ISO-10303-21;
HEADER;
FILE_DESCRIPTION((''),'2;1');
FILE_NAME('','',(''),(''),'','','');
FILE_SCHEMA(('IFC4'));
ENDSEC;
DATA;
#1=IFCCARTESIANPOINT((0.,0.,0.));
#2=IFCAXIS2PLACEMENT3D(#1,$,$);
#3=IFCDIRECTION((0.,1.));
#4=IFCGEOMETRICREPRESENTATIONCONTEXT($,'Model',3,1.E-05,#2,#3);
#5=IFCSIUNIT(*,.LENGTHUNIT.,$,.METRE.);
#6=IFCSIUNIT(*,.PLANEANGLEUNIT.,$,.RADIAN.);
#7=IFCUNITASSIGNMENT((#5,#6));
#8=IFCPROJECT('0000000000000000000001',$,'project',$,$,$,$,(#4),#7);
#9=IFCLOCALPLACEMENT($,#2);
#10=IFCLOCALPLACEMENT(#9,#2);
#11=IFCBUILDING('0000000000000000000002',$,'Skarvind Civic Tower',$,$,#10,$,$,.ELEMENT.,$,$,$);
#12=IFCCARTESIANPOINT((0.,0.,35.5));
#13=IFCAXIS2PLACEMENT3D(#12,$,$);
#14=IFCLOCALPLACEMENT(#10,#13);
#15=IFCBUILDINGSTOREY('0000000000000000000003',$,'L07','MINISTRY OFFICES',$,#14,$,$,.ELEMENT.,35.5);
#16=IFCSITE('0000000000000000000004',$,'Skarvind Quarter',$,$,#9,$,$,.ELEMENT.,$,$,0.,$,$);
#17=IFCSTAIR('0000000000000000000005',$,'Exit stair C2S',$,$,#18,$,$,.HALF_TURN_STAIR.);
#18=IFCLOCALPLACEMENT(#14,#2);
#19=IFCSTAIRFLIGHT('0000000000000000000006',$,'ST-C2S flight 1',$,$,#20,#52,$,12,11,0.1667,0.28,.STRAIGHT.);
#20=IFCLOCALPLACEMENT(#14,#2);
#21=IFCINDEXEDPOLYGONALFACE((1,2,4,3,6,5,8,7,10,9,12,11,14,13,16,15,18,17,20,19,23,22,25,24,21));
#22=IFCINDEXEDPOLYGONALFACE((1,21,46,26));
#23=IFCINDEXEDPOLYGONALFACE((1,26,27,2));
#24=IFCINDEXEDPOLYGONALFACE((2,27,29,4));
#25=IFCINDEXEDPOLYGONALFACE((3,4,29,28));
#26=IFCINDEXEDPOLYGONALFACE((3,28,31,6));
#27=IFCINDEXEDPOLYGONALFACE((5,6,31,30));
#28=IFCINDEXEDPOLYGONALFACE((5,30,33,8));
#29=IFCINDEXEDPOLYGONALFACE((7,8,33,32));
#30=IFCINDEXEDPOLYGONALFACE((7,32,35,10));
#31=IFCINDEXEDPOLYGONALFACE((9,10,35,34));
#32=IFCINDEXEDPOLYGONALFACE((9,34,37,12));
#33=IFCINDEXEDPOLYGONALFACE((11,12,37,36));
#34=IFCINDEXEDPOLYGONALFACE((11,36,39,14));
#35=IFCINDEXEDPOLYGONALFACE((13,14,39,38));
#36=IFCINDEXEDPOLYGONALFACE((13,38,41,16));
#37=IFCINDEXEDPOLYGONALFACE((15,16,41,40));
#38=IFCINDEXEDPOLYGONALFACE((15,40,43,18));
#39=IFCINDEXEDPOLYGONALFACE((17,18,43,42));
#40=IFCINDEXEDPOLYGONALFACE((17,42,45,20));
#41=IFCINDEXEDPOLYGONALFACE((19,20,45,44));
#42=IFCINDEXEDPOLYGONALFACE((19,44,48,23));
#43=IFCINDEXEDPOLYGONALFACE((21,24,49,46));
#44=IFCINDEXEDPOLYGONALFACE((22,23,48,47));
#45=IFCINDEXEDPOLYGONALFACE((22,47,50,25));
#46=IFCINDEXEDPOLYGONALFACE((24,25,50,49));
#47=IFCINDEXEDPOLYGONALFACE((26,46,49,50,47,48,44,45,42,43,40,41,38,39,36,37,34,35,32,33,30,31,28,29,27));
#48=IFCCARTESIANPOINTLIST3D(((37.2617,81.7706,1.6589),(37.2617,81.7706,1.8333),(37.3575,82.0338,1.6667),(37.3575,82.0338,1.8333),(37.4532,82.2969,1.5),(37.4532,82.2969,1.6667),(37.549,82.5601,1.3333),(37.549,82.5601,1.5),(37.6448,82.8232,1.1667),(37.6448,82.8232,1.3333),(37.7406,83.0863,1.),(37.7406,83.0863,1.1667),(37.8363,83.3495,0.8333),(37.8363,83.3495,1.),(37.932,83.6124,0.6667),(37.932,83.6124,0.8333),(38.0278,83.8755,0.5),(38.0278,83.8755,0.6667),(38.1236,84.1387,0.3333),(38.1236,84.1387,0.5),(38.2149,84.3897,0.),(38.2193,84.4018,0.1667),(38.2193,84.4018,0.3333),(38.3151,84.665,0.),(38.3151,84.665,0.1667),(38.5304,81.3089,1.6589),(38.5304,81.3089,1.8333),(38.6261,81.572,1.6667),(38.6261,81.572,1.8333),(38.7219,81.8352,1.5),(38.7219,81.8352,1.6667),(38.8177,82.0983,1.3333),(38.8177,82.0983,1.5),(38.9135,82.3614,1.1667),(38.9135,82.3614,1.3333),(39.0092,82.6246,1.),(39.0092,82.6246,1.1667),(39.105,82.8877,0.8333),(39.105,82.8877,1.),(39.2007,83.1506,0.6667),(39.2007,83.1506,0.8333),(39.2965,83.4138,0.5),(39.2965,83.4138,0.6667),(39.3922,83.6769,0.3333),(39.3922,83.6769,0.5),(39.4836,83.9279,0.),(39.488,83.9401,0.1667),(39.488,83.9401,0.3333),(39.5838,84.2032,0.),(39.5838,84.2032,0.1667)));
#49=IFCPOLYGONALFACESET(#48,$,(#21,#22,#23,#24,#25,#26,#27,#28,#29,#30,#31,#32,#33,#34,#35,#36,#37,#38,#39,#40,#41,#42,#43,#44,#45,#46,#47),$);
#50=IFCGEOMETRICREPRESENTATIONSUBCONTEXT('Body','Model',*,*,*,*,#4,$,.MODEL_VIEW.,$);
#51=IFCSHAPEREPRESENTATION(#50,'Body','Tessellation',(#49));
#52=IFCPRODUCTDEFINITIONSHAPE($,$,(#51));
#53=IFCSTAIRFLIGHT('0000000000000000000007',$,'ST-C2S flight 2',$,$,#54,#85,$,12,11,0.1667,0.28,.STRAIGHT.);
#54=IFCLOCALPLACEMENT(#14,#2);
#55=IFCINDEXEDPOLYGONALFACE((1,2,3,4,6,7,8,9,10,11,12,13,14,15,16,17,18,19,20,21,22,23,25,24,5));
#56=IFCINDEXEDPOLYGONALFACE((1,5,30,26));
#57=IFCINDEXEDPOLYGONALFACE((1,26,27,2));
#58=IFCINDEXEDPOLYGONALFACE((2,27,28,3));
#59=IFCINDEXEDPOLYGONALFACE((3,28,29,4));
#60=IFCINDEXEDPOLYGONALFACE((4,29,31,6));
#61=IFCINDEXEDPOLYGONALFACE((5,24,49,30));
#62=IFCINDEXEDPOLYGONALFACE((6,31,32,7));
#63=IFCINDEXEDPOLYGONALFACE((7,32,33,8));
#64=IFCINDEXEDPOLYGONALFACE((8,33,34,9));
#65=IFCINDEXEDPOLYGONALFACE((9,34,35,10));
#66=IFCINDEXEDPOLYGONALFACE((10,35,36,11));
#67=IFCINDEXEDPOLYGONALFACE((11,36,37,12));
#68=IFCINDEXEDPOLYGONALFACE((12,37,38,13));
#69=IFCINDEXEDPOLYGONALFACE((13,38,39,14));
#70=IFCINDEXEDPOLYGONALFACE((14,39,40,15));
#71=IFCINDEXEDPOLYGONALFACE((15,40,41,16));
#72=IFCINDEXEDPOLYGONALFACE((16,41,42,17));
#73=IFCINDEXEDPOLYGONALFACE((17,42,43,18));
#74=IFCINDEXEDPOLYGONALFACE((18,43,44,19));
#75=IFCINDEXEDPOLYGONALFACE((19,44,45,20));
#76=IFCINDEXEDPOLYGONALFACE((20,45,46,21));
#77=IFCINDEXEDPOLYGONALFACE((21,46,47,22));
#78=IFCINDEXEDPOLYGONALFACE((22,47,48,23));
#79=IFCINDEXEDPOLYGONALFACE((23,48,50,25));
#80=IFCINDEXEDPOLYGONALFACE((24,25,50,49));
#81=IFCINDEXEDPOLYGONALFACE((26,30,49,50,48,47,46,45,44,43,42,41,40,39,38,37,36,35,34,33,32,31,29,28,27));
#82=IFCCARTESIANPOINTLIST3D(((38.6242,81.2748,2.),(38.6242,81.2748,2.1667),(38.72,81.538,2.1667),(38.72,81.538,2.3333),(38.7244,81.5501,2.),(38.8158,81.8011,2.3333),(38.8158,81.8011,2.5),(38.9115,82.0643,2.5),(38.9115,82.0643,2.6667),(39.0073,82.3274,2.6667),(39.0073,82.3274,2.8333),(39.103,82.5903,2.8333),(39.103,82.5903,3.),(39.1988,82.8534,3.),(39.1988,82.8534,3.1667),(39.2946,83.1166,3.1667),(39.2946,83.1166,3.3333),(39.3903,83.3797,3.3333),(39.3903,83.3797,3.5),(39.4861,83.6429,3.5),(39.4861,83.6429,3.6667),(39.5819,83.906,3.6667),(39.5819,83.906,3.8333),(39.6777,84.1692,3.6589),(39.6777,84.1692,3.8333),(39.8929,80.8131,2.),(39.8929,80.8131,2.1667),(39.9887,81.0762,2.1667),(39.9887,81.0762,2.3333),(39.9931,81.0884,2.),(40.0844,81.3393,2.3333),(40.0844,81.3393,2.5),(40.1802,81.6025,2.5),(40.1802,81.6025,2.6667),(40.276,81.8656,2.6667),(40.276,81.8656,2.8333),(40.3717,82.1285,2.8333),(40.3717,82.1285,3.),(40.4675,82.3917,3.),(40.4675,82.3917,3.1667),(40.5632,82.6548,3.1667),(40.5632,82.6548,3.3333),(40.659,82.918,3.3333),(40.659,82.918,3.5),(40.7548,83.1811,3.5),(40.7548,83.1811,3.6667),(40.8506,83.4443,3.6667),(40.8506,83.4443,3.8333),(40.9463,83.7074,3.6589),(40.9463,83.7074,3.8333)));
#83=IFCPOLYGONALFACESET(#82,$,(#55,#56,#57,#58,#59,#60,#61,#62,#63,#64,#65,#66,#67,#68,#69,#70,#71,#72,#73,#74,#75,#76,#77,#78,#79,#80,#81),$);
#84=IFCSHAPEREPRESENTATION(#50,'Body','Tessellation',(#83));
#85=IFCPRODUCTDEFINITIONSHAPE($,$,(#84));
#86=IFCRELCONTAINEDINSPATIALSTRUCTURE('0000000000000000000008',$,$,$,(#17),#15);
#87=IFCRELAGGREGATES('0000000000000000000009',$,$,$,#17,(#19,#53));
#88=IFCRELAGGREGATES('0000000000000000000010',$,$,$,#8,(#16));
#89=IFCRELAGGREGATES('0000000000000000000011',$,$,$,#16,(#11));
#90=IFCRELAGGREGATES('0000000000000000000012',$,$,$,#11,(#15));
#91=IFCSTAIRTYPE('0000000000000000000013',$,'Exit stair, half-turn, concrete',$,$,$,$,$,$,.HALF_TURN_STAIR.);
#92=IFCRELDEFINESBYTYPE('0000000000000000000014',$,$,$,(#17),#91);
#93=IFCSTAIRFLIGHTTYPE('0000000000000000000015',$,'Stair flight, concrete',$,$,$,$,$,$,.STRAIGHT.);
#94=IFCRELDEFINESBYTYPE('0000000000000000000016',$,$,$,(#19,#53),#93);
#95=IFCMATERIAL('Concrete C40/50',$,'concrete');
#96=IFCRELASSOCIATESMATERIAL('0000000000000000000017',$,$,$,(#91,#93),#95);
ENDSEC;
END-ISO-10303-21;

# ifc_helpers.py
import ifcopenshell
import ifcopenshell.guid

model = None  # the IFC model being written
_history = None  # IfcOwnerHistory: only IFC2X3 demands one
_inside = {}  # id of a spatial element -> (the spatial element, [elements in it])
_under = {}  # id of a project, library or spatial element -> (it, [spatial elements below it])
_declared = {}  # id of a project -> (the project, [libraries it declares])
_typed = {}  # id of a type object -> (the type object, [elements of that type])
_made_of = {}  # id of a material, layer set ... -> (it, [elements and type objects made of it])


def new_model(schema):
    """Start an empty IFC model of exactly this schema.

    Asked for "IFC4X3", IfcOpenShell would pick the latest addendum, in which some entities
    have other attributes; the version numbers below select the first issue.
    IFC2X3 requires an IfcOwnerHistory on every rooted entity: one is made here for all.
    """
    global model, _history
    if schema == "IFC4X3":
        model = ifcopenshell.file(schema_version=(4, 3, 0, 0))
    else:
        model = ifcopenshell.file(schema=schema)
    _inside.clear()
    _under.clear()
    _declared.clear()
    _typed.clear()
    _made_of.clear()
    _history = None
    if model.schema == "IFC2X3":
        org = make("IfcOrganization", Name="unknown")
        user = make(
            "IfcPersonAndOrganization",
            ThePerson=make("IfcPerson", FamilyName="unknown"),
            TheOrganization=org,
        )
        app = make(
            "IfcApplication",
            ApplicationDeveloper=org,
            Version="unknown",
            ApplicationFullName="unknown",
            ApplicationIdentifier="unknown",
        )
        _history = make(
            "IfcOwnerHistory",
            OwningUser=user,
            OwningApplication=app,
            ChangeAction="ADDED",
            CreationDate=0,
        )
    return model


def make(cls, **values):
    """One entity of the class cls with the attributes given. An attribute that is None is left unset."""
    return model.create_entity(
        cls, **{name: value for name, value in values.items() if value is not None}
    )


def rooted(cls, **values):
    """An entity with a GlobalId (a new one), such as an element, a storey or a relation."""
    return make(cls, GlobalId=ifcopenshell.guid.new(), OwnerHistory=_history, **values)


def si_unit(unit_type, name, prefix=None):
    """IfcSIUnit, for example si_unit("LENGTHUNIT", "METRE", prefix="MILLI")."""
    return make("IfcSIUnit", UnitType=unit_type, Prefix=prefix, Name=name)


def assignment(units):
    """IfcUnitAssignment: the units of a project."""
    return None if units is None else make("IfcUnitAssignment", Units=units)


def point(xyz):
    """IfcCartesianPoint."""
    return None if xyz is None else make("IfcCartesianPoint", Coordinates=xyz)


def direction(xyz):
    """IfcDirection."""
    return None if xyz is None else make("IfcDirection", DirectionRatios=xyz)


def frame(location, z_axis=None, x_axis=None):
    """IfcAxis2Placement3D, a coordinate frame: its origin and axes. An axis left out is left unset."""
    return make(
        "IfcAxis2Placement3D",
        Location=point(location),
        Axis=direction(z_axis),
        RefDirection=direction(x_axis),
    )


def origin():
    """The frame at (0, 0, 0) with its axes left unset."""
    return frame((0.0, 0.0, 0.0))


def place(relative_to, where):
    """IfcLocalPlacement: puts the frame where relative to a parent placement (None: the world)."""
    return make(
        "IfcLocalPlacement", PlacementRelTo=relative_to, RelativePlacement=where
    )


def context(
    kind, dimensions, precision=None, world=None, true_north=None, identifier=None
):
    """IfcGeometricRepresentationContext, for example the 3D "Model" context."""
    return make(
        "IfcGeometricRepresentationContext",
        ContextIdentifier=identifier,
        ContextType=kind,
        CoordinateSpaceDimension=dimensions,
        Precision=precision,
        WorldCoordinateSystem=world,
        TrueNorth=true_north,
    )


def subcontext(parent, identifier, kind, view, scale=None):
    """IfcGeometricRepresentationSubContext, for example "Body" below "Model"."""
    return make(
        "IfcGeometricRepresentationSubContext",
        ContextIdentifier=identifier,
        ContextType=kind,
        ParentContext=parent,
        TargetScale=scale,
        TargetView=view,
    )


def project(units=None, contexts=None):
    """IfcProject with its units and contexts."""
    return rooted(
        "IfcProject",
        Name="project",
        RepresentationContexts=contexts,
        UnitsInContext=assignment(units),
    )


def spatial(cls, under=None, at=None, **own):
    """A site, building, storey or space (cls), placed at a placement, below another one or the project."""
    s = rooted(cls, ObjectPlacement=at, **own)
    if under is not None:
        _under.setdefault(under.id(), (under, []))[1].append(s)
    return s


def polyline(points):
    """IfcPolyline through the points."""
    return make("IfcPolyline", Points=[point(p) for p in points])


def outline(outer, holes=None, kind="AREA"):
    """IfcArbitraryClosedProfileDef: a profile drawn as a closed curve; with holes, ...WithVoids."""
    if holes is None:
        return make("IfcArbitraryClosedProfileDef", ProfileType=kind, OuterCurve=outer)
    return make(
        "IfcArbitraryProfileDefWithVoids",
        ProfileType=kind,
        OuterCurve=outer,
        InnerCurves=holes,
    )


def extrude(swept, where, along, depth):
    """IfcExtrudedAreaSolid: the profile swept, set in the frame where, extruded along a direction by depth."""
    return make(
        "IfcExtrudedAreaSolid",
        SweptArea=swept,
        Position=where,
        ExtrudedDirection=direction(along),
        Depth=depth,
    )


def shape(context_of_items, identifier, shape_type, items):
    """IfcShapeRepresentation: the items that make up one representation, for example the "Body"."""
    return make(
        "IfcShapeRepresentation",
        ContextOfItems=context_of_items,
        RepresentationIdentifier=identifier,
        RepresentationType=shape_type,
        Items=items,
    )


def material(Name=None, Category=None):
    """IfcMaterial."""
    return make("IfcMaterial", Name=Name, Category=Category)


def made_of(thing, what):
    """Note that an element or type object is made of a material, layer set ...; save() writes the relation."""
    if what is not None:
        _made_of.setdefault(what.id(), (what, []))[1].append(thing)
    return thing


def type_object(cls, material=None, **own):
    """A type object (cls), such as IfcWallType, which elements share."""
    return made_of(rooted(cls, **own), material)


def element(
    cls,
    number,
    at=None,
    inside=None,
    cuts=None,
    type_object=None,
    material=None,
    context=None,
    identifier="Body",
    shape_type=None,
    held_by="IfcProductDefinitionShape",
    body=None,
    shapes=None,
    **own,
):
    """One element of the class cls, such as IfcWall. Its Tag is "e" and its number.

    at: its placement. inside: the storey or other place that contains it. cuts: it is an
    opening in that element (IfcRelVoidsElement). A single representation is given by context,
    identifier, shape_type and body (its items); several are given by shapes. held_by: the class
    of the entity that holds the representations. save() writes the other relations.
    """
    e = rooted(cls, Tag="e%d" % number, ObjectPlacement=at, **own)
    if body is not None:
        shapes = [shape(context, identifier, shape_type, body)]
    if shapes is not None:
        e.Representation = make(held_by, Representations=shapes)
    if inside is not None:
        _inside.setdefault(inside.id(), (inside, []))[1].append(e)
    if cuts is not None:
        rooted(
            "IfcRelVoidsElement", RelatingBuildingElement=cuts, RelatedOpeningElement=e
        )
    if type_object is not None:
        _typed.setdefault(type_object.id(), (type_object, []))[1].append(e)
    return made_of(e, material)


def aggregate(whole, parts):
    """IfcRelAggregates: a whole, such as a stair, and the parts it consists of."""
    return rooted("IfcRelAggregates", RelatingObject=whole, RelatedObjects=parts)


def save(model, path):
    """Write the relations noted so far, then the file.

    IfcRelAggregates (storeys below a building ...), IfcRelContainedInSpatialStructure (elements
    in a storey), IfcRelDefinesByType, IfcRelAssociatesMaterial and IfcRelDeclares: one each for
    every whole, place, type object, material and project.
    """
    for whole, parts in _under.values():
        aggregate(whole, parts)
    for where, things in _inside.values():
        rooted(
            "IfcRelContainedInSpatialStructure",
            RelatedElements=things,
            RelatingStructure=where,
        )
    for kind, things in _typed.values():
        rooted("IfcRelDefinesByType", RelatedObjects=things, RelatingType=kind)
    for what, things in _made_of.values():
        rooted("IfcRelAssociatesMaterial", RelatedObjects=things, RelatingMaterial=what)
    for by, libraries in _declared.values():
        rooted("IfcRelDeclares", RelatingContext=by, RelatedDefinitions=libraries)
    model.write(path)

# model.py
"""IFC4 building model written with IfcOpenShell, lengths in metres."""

from ifc_helpers import new_model, si_unit, direction, frame, origin, place, context, subcontext, project, spatial, polyline, outline, extrude, material, type_object, element, aggregate, save


model = new_model("IFC4")

# Units and contexts
model_context = context("Model", 3, precision=1e-05, world=origin(), true_north=direction((0.0, 1.0)))
body_context = subcontext(model_context, "Body", "Model", "MODEL_VIEW")
ifc_project = project(units=[si_unit("LENGTHUNIT", "METRE"), si_unit("PLANEANGLEUNIT", "RADIAN")], contexts=[model_context])

# Site, building, storey
site_placement = place(None, origin())
site = spatial("IfcSite", under=ifc_project, at=site_placement, Name="Skarvind Quarter", CompositionType="ELEMENT", RefElevation=0.0)
building_placement = place(site_placement, origin())
building = spatial("IfcBuilding", under=site, at=building_placement, Name="Skarvind Civic Tower", CompositionType="ELEMENT")
storey_placement = place(building_placement, frame((0.0, 0.0, 35.5)))
storey = spatial("IfcBuildingStorey", under=building, at=storey_placement, Name="L07", Description="MINISTRY OFFICES", CompositionType="ELEMENT", Elevation=35.5)

# Shared definitions
ifc_material_1 = material(Name="Concrete C40/50", Category="concrete")

# Stair, stair flights
stair_type = type_object("IfcStairType", Name="Exit stair, half-turn, concrete", PredefinedType="HALF_TURN_STAIR", material=ifc_material_1)
stair_placement = place(storey_placement, origin())
stair = element("IfcStair", 1, at=stair_placement, inside=storey, type_object=stair_type, Name="Exit stair C2S", PredefinedType="HALF_TURN_STAIR")
stair_flight_type = type_object("IfcStairFlightType", Name="Stair flight, concrete", PredefinedType="STRAIGHT", material=ifc_material_1)
stair_flight_1_placement = place(storey_placement, frame((38.9495, 84.4341, 0.0), z_axis=(0.0, 0.0, 1.0), x_axis=(-0.34202, -0.939693, 0.0)))
stair_flight_1 = element("IfcStairFlight", 2, at=stair_flight_1_placement, type_object=stair_flight_type, Name="ST-C2S flight 1", NumberOfRisers=12, NumberOfTreads=11, PredefinedType="STRAIGHT", RiserHeight=0.1667, TreadLength=0.28, context=body_context, shape_type="SweptSolid", body=[
    extrude(outline(polyline([(0.0, 0.0), (0.0, 0.1667), (0.28, 0.1667), (0.28, 0.3333), (0.5601, 0.3333), (0.5601, 0.5), (0.8401, 0.5), (0.8401, 0.6667), (1.1201, 0.6667), (1.1201, 0.8333), (1.3999, 0.8333), (1.3999, 1.0), (1.6799, 1.0), (1.6799, 1.1667), (1.96, 1.1667), (1.96, 1.3333), (2.24, 1.3333), (2.24, 1.5), (2.52, 1.5), (2.52, 1.6667), (2.8, 1.6667), (2.8, 1.8333), (3.0801, 1.8333), (3.0801, 2.0), (3.0801, 1.6589), (0.293, 0.0), (0.0, 0.0)])), frame((0.0, 0.675, 0.0), z_axis=(0.0, -1.0, 0.0), x_axis=(1.0, 0.0, 0.0)), (0.0, 0.0, 1.0), 1.3501),
])
stair_flight_2_placement = place(storey_placement, frame((39.2585, 81.0439, 2.0), z_axis=(0.0, 0.0, 1.0), x_axis=(0.34202, 0.939693, 0.0)))
stair_flight_2 = element("IfcStairFlight", 3, at=stair_flight_2_placement, type_object=stair_flight_type, Name="ST-C2S flight 2", NumberOfRisers=12, NumberOfTreads=11, PredefinedType="STRAIGHT", RiserHeight=0.1667, TreadLength=0.28, context=body_context, shape_type="SweptSolid", body=[
    extrude(outline(polyline([(0.0, 0.0), (0.0, 0.1667), (0.28, 0.1667), (0.28, 0.3333), (0.5601, 0.3333), (0.5601, 0.5), (0.8401, 0.5), (0.8401, 0.6667), (1.1201, 0.6667), (1.1201, 0.8333), (1.3999, 0.8333), (1.3999, 1.0), (1.6799, 1.0), (1.6799, 1.1667), (1.96, 1.1667), (1.96, 1.3333), (2.24, 1.3333), (2.24, 1.5), (2.52, 1.5), (2.52, 1.6667), (2.8, 1.6667), (2.8, 1.8333), (3.0801, 1.8333), (3.0801, 2.0), (3.0801, 1.6589), (0.293, 0.0), (0.0, 0.0)])), frame((0.0, 0.675, 0.0), z_axis=(0.0, -1.0, 0.0), x_axis=(1.0, 0.0, 0.0)), (0.0, 0.0, 1.0), 1.3501),
])
aggregate(stair, [stair_flight_1, stair_flight_2])

save(model, "model.ifc")
